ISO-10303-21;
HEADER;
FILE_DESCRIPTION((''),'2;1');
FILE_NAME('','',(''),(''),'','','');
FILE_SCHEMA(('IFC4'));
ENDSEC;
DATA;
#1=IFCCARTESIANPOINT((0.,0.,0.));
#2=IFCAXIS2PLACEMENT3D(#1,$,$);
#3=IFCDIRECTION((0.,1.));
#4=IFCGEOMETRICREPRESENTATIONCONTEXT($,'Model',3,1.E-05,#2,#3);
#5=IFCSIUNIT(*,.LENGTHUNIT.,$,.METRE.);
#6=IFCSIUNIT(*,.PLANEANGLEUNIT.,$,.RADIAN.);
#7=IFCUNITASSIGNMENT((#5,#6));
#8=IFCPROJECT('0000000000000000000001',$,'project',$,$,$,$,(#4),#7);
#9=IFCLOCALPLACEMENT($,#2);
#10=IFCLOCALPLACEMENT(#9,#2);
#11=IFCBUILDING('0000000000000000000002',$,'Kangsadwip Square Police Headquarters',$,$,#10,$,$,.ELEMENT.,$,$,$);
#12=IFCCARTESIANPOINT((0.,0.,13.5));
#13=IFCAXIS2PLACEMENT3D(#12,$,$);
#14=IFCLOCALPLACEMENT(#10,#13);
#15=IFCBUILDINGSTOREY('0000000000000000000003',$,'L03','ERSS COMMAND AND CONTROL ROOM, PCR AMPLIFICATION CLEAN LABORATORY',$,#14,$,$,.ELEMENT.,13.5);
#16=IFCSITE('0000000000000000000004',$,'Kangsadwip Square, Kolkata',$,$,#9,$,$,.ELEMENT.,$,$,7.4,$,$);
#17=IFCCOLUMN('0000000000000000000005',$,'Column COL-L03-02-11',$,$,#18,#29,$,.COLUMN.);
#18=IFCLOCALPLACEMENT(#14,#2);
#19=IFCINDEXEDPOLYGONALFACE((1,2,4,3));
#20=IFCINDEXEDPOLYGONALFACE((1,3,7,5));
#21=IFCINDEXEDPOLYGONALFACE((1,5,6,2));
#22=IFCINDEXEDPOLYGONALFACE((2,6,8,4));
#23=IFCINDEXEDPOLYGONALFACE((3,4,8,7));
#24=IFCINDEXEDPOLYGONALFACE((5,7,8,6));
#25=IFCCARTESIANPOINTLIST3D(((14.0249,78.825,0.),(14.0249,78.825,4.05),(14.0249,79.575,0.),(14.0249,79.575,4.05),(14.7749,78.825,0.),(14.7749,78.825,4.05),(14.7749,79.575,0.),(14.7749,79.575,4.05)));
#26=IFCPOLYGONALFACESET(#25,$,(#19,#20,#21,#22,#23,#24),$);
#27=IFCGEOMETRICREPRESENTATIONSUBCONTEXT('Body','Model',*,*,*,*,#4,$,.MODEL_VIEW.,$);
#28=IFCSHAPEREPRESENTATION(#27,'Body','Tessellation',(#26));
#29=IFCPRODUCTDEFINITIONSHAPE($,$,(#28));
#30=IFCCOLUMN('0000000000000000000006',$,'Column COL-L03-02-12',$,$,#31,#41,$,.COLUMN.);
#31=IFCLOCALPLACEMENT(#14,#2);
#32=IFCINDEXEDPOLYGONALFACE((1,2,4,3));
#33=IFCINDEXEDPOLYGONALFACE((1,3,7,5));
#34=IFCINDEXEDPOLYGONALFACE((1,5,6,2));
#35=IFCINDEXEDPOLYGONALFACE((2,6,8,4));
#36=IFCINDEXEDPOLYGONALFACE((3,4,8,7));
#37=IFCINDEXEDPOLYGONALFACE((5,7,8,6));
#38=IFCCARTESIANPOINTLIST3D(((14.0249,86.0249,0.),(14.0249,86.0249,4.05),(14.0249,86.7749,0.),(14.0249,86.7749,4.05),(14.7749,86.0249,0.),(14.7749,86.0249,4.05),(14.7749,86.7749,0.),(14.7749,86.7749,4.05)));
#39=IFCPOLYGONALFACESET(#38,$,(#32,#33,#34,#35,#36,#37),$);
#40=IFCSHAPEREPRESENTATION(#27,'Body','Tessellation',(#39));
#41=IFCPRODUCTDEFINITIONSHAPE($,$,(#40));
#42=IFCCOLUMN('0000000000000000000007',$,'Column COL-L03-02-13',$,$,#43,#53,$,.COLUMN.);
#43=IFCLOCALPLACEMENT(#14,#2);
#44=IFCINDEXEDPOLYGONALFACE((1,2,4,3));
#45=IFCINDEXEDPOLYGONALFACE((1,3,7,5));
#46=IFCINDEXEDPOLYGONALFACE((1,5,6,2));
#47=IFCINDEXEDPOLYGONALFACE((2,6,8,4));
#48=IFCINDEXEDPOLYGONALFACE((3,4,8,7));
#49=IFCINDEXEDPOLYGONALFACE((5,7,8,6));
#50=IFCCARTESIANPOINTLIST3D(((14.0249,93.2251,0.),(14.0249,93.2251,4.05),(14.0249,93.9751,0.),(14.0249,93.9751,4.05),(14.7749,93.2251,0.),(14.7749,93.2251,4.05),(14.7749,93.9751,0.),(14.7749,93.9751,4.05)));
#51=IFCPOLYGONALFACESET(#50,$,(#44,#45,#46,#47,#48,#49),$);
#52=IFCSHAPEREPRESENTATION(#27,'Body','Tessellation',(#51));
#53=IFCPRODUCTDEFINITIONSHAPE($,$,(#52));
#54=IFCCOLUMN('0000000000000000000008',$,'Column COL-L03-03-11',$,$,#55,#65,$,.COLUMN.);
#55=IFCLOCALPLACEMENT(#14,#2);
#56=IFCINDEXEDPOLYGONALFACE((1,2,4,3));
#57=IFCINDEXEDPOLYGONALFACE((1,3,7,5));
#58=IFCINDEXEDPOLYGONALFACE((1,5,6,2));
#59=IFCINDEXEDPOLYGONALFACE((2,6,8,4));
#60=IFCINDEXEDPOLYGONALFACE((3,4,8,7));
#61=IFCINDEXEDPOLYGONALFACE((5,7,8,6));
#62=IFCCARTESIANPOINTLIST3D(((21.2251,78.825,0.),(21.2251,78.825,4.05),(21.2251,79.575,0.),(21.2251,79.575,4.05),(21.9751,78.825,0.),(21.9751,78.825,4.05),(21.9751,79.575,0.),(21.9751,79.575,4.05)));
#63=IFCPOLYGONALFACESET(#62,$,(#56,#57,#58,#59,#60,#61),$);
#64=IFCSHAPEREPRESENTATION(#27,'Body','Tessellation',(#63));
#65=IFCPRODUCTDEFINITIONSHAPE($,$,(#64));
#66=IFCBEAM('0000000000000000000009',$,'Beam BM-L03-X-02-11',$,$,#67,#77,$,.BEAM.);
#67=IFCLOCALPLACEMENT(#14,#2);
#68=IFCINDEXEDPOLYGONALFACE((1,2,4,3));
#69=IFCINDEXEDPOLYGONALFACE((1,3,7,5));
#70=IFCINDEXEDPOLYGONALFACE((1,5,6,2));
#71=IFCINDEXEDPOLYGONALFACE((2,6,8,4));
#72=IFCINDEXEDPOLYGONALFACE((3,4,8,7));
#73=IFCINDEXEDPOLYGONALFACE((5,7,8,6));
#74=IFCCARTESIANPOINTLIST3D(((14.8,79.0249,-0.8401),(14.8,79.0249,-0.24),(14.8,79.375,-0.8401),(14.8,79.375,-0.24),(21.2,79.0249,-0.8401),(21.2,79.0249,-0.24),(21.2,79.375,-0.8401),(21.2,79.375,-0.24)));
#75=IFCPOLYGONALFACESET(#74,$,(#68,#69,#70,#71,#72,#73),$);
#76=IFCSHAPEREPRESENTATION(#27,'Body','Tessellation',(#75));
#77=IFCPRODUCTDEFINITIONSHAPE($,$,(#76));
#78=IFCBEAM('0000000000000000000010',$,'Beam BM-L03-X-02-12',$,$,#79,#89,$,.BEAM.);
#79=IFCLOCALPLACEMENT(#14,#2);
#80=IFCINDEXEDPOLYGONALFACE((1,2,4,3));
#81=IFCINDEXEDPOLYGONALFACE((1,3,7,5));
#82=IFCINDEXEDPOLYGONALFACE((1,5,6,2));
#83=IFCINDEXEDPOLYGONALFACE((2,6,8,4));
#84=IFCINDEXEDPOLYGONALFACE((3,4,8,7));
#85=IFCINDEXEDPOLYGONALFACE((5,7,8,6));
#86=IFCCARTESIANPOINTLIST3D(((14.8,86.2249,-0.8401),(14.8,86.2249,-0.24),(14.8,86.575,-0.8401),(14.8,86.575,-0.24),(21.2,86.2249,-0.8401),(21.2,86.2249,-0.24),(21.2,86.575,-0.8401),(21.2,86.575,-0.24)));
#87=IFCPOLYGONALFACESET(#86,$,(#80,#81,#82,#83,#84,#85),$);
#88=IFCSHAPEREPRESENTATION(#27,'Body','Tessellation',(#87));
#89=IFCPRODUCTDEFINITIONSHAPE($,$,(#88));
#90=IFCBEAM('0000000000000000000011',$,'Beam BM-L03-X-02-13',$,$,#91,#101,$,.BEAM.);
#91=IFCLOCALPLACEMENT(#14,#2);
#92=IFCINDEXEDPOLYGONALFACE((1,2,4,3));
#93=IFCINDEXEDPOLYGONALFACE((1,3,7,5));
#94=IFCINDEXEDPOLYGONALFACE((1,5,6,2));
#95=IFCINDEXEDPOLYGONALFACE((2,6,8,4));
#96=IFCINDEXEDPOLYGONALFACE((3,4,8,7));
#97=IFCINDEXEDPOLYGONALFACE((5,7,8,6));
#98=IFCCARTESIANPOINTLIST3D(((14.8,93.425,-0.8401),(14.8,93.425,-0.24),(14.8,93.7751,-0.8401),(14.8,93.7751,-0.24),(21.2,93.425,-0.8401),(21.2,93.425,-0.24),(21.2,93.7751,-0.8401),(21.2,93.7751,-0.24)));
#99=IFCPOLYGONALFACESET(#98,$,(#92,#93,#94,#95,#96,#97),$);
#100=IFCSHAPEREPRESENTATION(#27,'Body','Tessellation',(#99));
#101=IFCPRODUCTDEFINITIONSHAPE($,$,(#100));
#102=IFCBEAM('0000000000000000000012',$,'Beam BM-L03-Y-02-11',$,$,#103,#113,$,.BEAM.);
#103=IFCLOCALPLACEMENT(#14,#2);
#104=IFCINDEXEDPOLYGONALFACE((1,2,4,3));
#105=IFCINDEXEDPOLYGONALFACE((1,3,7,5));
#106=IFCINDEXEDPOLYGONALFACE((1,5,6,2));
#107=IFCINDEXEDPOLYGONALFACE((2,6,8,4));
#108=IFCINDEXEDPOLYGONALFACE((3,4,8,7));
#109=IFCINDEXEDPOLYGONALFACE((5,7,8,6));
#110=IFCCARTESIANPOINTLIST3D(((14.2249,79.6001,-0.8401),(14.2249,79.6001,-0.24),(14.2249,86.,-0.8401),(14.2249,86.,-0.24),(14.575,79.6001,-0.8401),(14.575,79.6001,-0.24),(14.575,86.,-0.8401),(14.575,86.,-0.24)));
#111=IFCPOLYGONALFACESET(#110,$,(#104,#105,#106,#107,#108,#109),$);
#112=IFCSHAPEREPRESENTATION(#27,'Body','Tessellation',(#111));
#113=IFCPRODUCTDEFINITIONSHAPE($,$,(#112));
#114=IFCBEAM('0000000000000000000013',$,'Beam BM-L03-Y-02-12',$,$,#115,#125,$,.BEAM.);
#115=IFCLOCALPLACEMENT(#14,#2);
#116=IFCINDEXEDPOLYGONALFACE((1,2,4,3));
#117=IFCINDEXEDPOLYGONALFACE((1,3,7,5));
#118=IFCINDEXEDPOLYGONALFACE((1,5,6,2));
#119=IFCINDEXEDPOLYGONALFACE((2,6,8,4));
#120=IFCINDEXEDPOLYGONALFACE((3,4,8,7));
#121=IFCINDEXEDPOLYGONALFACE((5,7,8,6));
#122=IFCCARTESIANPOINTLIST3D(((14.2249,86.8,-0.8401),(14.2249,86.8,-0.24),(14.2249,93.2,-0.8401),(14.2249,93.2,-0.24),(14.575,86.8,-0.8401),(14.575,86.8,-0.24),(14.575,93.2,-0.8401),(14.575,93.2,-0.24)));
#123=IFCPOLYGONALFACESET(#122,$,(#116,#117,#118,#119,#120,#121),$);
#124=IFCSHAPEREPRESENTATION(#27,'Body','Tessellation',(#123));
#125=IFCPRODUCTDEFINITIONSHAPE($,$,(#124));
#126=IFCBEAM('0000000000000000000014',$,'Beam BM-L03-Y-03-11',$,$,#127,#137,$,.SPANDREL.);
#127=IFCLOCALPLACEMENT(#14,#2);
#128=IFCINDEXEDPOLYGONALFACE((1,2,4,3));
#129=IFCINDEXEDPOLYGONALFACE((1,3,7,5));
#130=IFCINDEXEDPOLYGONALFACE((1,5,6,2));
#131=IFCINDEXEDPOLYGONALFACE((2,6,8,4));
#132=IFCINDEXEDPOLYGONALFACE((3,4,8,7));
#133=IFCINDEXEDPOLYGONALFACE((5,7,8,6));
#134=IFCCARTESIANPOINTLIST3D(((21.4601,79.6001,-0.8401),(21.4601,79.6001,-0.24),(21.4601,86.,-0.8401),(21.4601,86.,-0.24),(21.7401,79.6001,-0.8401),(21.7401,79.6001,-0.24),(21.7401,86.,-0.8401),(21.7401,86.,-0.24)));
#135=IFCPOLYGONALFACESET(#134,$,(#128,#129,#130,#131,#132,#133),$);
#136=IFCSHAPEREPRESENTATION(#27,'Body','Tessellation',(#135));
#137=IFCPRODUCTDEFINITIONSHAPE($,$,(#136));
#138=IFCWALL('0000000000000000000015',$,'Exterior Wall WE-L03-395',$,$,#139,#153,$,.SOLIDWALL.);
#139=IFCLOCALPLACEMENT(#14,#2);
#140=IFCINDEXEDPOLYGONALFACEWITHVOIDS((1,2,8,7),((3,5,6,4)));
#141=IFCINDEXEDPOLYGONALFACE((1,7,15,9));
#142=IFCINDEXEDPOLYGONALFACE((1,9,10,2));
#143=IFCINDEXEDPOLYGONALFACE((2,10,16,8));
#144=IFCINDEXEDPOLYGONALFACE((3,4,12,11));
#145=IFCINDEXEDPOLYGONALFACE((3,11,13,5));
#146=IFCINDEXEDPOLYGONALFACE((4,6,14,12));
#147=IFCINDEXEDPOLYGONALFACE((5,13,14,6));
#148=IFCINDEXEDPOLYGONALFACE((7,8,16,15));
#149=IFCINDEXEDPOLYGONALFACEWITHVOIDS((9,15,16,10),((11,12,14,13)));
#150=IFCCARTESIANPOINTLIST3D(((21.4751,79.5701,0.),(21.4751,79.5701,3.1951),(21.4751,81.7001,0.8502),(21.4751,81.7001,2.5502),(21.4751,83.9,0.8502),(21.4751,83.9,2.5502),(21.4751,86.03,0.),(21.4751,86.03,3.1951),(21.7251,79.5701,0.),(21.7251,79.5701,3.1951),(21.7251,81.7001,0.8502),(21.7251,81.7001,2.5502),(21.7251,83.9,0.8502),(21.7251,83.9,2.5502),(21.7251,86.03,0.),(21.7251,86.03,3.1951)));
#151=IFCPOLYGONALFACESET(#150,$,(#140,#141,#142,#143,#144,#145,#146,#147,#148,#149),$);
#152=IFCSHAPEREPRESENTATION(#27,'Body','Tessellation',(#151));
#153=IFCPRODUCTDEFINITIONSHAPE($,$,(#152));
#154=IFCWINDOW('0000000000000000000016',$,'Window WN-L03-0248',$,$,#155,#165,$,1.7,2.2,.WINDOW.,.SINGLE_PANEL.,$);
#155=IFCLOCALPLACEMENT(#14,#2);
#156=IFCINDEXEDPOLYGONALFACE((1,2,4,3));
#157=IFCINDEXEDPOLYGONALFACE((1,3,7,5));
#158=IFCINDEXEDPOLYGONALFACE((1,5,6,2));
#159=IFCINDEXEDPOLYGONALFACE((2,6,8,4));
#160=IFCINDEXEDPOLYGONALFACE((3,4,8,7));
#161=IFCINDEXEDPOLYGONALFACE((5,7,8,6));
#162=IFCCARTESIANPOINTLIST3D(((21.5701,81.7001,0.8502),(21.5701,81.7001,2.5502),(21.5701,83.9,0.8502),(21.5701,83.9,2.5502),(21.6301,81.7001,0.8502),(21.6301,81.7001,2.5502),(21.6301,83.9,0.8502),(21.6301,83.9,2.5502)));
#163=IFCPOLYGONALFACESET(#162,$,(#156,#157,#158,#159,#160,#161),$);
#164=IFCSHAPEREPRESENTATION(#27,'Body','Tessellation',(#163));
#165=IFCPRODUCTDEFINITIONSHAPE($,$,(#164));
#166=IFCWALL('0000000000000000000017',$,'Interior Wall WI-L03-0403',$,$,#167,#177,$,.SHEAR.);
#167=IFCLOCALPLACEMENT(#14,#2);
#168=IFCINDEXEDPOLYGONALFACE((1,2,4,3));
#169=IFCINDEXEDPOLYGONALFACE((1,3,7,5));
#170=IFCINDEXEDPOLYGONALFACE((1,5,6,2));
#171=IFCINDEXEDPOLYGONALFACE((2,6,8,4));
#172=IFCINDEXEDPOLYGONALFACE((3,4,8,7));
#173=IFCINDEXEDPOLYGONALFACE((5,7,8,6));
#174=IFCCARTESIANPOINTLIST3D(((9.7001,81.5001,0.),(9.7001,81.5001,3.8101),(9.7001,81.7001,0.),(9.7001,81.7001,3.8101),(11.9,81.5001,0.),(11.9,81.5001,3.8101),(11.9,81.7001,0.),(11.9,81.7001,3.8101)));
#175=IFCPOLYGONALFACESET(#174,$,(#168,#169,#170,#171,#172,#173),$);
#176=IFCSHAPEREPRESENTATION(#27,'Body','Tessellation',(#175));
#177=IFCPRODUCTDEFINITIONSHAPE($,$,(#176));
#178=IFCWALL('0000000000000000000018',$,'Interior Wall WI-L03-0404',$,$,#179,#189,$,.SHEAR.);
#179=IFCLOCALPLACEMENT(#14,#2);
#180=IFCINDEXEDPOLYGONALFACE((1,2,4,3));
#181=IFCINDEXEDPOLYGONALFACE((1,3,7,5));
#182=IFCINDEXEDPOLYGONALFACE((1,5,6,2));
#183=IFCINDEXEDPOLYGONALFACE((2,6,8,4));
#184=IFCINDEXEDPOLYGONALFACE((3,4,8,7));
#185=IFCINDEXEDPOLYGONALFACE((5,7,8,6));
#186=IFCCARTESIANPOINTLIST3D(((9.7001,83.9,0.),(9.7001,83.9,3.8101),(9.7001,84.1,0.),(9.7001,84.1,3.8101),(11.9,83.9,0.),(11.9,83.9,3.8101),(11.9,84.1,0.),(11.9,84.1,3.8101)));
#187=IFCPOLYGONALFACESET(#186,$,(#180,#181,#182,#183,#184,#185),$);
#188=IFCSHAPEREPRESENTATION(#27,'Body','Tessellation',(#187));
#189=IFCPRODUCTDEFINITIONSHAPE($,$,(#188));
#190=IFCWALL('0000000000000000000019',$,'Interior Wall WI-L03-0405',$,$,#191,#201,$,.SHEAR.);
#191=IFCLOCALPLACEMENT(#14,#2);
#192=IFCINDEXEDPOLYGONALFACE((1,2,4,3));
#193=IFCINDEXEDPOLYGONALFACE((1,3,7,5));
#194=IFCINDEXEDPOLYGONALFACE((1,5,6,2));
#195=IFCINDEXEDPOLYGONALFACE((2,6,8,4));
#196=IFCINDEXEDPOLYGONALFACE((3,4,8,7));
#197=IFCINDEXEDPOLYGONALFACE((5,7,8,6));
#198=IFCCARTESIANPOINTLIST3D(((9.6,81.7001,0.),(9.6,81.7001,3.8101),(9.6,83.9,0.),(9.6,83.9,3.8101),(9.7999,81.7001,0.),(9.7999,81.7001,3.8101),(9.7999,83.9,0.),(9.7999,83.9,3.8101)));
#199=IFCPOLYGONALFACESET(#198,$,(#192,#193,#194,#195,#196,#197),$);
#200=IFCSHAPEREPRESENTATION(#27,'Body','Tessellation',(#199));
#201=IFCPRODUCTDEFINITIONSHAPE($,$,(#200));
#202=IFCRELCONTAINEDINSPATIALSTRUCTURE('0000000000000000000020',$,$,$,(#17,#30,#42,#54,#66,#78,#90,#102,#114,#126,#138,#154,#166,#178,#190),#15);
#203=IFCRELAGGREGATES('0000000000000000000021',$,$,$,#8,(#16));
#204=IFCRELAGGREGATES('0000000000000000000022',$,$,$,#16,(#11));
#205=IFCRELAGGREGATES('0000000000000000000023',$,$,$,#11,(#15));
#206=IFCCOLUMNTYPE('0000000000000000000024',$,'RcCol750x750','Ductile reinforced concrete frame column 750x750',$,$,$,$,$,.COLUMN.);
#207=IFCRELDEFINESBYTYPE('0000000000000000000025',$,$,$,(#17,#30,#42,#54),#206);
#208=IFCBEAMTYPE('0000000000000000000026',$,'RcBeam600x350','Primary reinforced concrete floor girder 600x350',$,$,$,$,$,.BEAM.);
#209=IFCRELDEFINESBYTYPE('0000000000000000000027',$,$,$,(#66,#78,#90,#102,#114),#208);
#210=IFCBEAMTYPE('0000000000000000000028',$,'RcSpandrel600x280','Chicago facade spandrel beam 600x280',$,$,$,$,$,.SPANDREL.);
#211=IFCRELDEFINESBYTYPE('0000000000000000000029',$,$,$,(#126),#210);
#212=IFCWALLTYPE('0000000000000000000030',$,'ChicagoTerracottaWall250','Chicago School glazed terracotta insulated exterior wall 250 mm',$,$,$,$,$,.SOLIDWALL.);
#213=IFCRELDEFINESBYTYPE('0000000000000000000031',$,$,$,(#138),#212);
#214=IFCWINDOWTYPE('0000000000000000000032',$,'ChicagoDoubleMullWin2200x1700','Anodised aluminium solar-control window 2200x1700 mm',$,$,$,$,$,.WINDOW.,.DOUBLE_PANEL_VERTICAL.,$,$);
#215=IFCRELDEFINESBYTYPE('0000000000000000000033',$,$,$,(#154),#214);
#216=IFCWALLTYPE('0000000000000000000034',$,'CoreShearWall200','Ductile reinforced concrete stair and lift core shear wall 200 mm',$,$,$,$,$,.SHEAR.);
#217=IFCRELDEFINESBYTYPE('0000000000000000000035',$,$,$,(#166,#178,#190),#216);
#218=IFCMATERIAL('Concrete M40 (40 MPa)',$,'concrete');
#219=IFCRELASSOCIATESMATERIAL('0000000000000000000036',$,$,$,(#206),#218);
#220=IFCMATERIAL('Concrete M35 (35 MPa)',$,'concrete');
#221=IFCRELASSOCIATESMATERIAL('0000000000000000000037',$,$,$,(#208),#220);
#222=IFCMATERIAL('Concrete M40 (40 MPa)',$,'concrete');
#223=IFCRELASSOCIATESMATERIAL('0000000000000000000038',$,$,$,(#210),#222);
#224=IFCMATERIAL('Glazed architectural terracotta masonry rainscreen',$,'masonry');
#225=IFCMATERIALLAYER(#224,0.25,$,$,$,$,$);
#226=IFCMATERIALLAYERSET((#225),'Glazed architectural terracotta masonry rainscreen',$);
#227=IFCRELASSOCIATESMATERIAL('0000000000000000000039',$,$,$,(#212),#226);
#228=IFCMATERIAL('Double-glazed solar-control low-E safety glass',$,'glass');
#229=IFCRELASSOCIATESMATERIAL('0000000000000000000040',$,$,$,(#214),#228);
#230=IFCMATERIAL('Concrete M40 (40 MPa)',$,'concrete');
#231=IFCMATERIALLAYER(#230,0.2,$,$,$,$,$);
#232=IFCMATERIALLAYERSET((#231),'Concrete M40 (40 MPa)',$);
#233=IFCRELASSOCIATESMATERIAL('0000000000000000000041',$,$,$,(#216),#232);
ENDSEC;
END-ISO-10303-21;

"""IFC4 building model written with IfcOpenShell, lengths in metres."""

from ifc_helpers import new_model, si_unit, direction, frame, frame_2d, origin, origin_2d, place, context, subcontext, project, spatial, rectangle, extrude, material, layer, layer_set, material_profile, profile_set, type_object, element, fill, save


model = new_model("IFC4")

# Units and contexts
model_context = context("Model", 3, precision=1e-05, world=origin(), true_north=direction((0.0, 1.0)))
body_context = subcontext(model_context, "Body", "Model", "MODEL_VIEW")
ifc_project = project(units=[si_unit("LENGTHUNIT", "METRE"), si_unit("PLANEANGLEUNIT", "RADIAN")], contexts=[model_context])

# Site, building, storey
site_placement = place(None, origin())
site = spatial("IfcSite", under=ifc_project, at=site_placement, Name="Kangsadwip Square, Kolkata", CompositionType="ELEMENT", RefElevation=7.4)
building_placement = place(site_placement, origin())
building = spatial("IfcBuilding", under=site, at=building_placement, Name="Kangsadwip Square Police Headquarters", CompositionType="ELEMENT")
storey_placement = place(building_placement, frame((0.0, 0.0, 13.5)))
storey = spatial("IfcBuildingStorey", under=building, at=storey_placement, Name="L03", Description="ERSS COMMAND AND CONTROL ROOM, PCR AMPLIFICATION CLEAN LABORATORY", CompositionType="ELEMENT", Elevation=13.5)

# Columns
ifc_material_1 = material(Name="Concrete M40 (40 MPa)", Category="concrete")
ifc_material_profile_1 = material_profile(ifc_material_1, rectangle(XDim=0.75, YDim=0.75, at=origin_2d()), Name="RC COL 750X750")
ifc_profile_set_1 = profile_set([ifc_material_profile_1], Name="Concrete M40 (40 MPa)")
column_type = type_object("IfcColumnType", Name="RcCol750x750", Description="Ductile reinforced concrete frame column 750x750", PredefinedType="COLUMN", material=ifc_profile_set_1)
for number, where, z_axis, x_axis, name in (
    (1, (14.3999, 79.2, 0.0), (0.0, 0.0, 1.0), (1.0, 0.0, 0.0), "Column COL-L03-02-11"),
    (2, (14.3999, 86.3999, 0.0), (0.0, 0.0, 1.0), (1.0, 0.0, 0.0), "Column COL-L03-02-12"),
    (3, (14.3999, 93.6001, 0.0), (0.0, 0.0, 1.0), (1.0, 0.0, 0.0), "Column COL-L03-02-13"),
    (4, (21.6001, 79.2, 0.0), (0.0, 0.0, 1.0), (1.0, 0.0, 0.0), "Column COL-L03-03-11"),
):
    element("IfcColumn", number, at=place(storey_placement, frame(where, z_axis=z_axis, x_axis=x_axis)), inside=storey, type_object=column_type, Name=name, PredefinedType="COLUMN", context=body_context, shape_type="SweptSolid", body=[
        extrude(rectangle(XDim=0.75, YDim=0.75, at=origin_2d()), origin(), (0.0, 0.0, 1.0), 4.05),
    ])

# Beams
ifc_material_2 = material(Name="Concrete M35 (35 MPa)", Category="concrete")
ifc_material_profile_2 = material_profile(ifc_material_2, rectangle(XDim=0.3501, YDim=0.6001, at=origin_2d()), Name="RC BM 600X350")
ifc_profile_set_2 = profile_set([ifc_material_profile_2], Name="Concrete M35 (35 MPa)")
beam_type_1 = type_object("IfcBeamType", Name="RcBeam600x350", Description="Primary reinforced concrete floor girder 600x350", PredefinedType="BEAM", material=ifc_profile_set_2)
for number, where, z_axis, x_axis, name in (
    (5, (14.8, 79.2, -0.54), (1.0, 0.0, 0.0), (0.0, 1.0, 0.0), "Beam BM-L03-X-02-11"),
    (6, (14.8, 86.3999, -0.54), (1.0, 0.0, 0.0), (0.0, 1.0, 0.0), "Beam BM-L03-X-02-12"),
    (7, (14.8, 93.6001, -0.54), (1.0, 0.0, 0.0), (0.0, 1.0, 0.0), "Beam BM-L03-X-02-13"),
    (8, (14.3999, 79.6001, -0.54), (0.0, 1.0, 0.0), (-1.0, 0.0, 0.0), "Beam BM-L03-Y-02-11"),
    (9, (14.3999, 86.8, -0.54), (0.0, 1.0, 0.0), (-1.0, 0.0, 0.0), "Beam BM-L03-Y-02-12"),
):
    element("IfcBeam", number, at=place(storey_placement, frame(where, z_axis=z_axis, x_axis=x_axis)), inside=storey, type_object=beam_type_1, Name=name, PredefinedType="BEAM", context=body_context, shape_type="SweptSolid", body=[
        extrude(rectangle(XDim=0.3501, YDim=0.6001, at=origin_2d()), origin(), (0.0, 0.0, 1.0), 6.3999),
    ])
ifc_material_3 = material(Name="Concrete M40 (40 MPa)", Category="concrete")
ifc_material_profile_3 = material_profile(ifc_material_3, rectangle(XDim=0.28, YDim=0.6001, at=origin_2d()), Name="RC SPN 600X280")
ifc_profile_set_3 = profile_set([ifc_material_profile_3], Name="Concrete M40 (40 MPa)")
beam_type_2 = type_object("IfcBeamType", Name="RcSpandrel600x280", Description="Chicago facade spandrel beam 600x280", PredefinedType="SPANDREL", material=ifc_profile_set_3)
beam_placement = place(storey_placement, frame((21.6001, 79.6001, -0.54), z_axis=(0.0, 1.0, 0.0), x_axis=(-1.0, 0.0, 0.0)))
element("IfcBeam", 10, at=beam_placement, inside=storey, type_object=beam_type_2, Name="Beam BM-L03-Y-03-11", PredefinedType="SPANDREL", context=body_context, shape_type="SweptSolid", body=[
    extrude(rectangle(XDim=0.28, YDim=0.6001, at=origin_2d()), origin(), (0.0, 0.0, 1.0), 6.3999),
])

# Wall, opening, window
ifc_material_4 = material(Name="Glazed architectural terracotta masonry rainscreen", Category="masonry")
ifc_layer_1 = layer(ifc_material_4, 0.25)
ifc_layer_set_1 = layer_set([ifc_layer_1], Name="Glazed architectural terracotta masonry rainscreen")
wall_type_1 = type_object("IfcWallType", Name="ChicagoTerracottaWall250", Description="Chicago School glazed terracotta insulated exterior wall 250 mm", PredefinedType="SOLIDWALL", material=ifc_layer_set_1)
wall_1_placement = place(storey_placement, frame((21.6001, 79.5701, 0.0), z_axis=(0.0, 0.0, 1.0), x_axis=(0.0, 1.0, 0.0)))
wall_1 = element("IfcWall", 11, at=wall_1_placement, inside=storey, type_object=wall_type_1, Name="Exterior Wall WE-L03-395", PredefinedType="SOLIDWALL", context=body_context, shape_type="SweptSolid", body=[
    extrude(rectangle(XDim=6.46, YDim=0.25, at=frame_2d((3.23, 0.0))), origin(), (0.0, 0.0, 1.0), 3.1951),
])
opening_1_placement = place(wall_1_placement, frame((2.1299, 0.0, 0.8501)))
opening_1 = element("IfcOpeningElement", 12, at=opening_1_placement, cuts=wall_1, PredefinedType="OPENING", context=body_context, shape_type="SweptSolid", body=[
    extrude(rectangle(XDim=2.2, YDim=1.7, at=frame_2d((1.1001, 0.8501))), frame((0.0, 0.135, 0.0), z_axis=(0.0, -1.0, 0.0), x_axis=(1.0, 0.0, 0.0)), (0.0, 0.0, 1.0), 0.27),
])
ifc_material_5 = material(Name="Double-glazed solar-control low-E safety glass", Category="glass")
window_type = type_object("IfcWindowType", Name="ChicagoDoubleMullWin2200x1700", Description="Anodised aluminium solar-control window 2200x1700 mm", PartitioningType="DOUBLE_PANEL_VERTICAL", PredefinedType="WINDOW", material=ifc_material_5)
window_placement = place(opening_1_placement, origin())
window = element("IfcWindow", 13, at=window_placement, inside=storey, type_object=window_type, Name="Window WN-L03-0248", OverallHeight=1.7, OverallWidth=2.2, PartitioningType="SINGLE_PANEL", PredefinedType="WINDOW", context=body_context, shape_type="SweptSolid", body=[
    extrude(rectangle(XDim=2.2, YDim=1.7, at=frame_2d((1.1001, 0.8501))), frame((0.0, 0.03, 0.0), z_axis=(0.0, -1.0, 0.0), x_axis=(1.0, 0.0, 0.0)), (0.0, 0.0, 1.0), 0.0601),
])
fill(opening_1, window)

# Walls
ifc_material_6 = material(Name="Concrete M40 (40 MPa)", Category="concrete")
ifc_layer_2 = layer(ifc_material_6, 0.2)
ifc_layer_set_2 = layer_set([ifc_layer_2], Name="Concrete M40 (40 MPa)")
wall_type_2 = type_object("IfcWallType", Name="CoreShearWall200", Description="Ductile reinforced concrete stair and lift core shear wall 200 mm", PredefinedType="SHEAR", material=ifc_layer_set_2)
for number, where, z_axis, x_axis, name in (
    (14, (9.7, 81.6001, 0.0), (0.0, 0.0, 1.0), (1.0, 0.0, 0.0), "Interior Wall WI-L03-0403"),
    (15, (9.7, 84.0, 0.0), (0.0, 0.0, 1.0), (1.0, 0.0, 0.0), "Interior Wall WI-L03-0404"),
    (16, (9.7, 81.7, 0.0), (0.0, 0.0, 1.0), (0.0, 1.0, 0.0), "Interior Wall WI-L03-0405"),
):
    element("IfcWall", number, at=place(storey_placement, frame(where, z_axis=z_axis, x_axis=x_axis)), inside=storey, type_object=wall_type_2, Name=name, PredefinedType="SHEAR", context=body_context, shape_type="SweptSolid", body=[
        extrude(rectangle(XDim=2.2, YDim=0.2, at=frame_2d((1.1001, 0.0))), origin(), (0.0, 0.0, 1.0), 3.8101),
    ])

save(model, "model.ifc")
